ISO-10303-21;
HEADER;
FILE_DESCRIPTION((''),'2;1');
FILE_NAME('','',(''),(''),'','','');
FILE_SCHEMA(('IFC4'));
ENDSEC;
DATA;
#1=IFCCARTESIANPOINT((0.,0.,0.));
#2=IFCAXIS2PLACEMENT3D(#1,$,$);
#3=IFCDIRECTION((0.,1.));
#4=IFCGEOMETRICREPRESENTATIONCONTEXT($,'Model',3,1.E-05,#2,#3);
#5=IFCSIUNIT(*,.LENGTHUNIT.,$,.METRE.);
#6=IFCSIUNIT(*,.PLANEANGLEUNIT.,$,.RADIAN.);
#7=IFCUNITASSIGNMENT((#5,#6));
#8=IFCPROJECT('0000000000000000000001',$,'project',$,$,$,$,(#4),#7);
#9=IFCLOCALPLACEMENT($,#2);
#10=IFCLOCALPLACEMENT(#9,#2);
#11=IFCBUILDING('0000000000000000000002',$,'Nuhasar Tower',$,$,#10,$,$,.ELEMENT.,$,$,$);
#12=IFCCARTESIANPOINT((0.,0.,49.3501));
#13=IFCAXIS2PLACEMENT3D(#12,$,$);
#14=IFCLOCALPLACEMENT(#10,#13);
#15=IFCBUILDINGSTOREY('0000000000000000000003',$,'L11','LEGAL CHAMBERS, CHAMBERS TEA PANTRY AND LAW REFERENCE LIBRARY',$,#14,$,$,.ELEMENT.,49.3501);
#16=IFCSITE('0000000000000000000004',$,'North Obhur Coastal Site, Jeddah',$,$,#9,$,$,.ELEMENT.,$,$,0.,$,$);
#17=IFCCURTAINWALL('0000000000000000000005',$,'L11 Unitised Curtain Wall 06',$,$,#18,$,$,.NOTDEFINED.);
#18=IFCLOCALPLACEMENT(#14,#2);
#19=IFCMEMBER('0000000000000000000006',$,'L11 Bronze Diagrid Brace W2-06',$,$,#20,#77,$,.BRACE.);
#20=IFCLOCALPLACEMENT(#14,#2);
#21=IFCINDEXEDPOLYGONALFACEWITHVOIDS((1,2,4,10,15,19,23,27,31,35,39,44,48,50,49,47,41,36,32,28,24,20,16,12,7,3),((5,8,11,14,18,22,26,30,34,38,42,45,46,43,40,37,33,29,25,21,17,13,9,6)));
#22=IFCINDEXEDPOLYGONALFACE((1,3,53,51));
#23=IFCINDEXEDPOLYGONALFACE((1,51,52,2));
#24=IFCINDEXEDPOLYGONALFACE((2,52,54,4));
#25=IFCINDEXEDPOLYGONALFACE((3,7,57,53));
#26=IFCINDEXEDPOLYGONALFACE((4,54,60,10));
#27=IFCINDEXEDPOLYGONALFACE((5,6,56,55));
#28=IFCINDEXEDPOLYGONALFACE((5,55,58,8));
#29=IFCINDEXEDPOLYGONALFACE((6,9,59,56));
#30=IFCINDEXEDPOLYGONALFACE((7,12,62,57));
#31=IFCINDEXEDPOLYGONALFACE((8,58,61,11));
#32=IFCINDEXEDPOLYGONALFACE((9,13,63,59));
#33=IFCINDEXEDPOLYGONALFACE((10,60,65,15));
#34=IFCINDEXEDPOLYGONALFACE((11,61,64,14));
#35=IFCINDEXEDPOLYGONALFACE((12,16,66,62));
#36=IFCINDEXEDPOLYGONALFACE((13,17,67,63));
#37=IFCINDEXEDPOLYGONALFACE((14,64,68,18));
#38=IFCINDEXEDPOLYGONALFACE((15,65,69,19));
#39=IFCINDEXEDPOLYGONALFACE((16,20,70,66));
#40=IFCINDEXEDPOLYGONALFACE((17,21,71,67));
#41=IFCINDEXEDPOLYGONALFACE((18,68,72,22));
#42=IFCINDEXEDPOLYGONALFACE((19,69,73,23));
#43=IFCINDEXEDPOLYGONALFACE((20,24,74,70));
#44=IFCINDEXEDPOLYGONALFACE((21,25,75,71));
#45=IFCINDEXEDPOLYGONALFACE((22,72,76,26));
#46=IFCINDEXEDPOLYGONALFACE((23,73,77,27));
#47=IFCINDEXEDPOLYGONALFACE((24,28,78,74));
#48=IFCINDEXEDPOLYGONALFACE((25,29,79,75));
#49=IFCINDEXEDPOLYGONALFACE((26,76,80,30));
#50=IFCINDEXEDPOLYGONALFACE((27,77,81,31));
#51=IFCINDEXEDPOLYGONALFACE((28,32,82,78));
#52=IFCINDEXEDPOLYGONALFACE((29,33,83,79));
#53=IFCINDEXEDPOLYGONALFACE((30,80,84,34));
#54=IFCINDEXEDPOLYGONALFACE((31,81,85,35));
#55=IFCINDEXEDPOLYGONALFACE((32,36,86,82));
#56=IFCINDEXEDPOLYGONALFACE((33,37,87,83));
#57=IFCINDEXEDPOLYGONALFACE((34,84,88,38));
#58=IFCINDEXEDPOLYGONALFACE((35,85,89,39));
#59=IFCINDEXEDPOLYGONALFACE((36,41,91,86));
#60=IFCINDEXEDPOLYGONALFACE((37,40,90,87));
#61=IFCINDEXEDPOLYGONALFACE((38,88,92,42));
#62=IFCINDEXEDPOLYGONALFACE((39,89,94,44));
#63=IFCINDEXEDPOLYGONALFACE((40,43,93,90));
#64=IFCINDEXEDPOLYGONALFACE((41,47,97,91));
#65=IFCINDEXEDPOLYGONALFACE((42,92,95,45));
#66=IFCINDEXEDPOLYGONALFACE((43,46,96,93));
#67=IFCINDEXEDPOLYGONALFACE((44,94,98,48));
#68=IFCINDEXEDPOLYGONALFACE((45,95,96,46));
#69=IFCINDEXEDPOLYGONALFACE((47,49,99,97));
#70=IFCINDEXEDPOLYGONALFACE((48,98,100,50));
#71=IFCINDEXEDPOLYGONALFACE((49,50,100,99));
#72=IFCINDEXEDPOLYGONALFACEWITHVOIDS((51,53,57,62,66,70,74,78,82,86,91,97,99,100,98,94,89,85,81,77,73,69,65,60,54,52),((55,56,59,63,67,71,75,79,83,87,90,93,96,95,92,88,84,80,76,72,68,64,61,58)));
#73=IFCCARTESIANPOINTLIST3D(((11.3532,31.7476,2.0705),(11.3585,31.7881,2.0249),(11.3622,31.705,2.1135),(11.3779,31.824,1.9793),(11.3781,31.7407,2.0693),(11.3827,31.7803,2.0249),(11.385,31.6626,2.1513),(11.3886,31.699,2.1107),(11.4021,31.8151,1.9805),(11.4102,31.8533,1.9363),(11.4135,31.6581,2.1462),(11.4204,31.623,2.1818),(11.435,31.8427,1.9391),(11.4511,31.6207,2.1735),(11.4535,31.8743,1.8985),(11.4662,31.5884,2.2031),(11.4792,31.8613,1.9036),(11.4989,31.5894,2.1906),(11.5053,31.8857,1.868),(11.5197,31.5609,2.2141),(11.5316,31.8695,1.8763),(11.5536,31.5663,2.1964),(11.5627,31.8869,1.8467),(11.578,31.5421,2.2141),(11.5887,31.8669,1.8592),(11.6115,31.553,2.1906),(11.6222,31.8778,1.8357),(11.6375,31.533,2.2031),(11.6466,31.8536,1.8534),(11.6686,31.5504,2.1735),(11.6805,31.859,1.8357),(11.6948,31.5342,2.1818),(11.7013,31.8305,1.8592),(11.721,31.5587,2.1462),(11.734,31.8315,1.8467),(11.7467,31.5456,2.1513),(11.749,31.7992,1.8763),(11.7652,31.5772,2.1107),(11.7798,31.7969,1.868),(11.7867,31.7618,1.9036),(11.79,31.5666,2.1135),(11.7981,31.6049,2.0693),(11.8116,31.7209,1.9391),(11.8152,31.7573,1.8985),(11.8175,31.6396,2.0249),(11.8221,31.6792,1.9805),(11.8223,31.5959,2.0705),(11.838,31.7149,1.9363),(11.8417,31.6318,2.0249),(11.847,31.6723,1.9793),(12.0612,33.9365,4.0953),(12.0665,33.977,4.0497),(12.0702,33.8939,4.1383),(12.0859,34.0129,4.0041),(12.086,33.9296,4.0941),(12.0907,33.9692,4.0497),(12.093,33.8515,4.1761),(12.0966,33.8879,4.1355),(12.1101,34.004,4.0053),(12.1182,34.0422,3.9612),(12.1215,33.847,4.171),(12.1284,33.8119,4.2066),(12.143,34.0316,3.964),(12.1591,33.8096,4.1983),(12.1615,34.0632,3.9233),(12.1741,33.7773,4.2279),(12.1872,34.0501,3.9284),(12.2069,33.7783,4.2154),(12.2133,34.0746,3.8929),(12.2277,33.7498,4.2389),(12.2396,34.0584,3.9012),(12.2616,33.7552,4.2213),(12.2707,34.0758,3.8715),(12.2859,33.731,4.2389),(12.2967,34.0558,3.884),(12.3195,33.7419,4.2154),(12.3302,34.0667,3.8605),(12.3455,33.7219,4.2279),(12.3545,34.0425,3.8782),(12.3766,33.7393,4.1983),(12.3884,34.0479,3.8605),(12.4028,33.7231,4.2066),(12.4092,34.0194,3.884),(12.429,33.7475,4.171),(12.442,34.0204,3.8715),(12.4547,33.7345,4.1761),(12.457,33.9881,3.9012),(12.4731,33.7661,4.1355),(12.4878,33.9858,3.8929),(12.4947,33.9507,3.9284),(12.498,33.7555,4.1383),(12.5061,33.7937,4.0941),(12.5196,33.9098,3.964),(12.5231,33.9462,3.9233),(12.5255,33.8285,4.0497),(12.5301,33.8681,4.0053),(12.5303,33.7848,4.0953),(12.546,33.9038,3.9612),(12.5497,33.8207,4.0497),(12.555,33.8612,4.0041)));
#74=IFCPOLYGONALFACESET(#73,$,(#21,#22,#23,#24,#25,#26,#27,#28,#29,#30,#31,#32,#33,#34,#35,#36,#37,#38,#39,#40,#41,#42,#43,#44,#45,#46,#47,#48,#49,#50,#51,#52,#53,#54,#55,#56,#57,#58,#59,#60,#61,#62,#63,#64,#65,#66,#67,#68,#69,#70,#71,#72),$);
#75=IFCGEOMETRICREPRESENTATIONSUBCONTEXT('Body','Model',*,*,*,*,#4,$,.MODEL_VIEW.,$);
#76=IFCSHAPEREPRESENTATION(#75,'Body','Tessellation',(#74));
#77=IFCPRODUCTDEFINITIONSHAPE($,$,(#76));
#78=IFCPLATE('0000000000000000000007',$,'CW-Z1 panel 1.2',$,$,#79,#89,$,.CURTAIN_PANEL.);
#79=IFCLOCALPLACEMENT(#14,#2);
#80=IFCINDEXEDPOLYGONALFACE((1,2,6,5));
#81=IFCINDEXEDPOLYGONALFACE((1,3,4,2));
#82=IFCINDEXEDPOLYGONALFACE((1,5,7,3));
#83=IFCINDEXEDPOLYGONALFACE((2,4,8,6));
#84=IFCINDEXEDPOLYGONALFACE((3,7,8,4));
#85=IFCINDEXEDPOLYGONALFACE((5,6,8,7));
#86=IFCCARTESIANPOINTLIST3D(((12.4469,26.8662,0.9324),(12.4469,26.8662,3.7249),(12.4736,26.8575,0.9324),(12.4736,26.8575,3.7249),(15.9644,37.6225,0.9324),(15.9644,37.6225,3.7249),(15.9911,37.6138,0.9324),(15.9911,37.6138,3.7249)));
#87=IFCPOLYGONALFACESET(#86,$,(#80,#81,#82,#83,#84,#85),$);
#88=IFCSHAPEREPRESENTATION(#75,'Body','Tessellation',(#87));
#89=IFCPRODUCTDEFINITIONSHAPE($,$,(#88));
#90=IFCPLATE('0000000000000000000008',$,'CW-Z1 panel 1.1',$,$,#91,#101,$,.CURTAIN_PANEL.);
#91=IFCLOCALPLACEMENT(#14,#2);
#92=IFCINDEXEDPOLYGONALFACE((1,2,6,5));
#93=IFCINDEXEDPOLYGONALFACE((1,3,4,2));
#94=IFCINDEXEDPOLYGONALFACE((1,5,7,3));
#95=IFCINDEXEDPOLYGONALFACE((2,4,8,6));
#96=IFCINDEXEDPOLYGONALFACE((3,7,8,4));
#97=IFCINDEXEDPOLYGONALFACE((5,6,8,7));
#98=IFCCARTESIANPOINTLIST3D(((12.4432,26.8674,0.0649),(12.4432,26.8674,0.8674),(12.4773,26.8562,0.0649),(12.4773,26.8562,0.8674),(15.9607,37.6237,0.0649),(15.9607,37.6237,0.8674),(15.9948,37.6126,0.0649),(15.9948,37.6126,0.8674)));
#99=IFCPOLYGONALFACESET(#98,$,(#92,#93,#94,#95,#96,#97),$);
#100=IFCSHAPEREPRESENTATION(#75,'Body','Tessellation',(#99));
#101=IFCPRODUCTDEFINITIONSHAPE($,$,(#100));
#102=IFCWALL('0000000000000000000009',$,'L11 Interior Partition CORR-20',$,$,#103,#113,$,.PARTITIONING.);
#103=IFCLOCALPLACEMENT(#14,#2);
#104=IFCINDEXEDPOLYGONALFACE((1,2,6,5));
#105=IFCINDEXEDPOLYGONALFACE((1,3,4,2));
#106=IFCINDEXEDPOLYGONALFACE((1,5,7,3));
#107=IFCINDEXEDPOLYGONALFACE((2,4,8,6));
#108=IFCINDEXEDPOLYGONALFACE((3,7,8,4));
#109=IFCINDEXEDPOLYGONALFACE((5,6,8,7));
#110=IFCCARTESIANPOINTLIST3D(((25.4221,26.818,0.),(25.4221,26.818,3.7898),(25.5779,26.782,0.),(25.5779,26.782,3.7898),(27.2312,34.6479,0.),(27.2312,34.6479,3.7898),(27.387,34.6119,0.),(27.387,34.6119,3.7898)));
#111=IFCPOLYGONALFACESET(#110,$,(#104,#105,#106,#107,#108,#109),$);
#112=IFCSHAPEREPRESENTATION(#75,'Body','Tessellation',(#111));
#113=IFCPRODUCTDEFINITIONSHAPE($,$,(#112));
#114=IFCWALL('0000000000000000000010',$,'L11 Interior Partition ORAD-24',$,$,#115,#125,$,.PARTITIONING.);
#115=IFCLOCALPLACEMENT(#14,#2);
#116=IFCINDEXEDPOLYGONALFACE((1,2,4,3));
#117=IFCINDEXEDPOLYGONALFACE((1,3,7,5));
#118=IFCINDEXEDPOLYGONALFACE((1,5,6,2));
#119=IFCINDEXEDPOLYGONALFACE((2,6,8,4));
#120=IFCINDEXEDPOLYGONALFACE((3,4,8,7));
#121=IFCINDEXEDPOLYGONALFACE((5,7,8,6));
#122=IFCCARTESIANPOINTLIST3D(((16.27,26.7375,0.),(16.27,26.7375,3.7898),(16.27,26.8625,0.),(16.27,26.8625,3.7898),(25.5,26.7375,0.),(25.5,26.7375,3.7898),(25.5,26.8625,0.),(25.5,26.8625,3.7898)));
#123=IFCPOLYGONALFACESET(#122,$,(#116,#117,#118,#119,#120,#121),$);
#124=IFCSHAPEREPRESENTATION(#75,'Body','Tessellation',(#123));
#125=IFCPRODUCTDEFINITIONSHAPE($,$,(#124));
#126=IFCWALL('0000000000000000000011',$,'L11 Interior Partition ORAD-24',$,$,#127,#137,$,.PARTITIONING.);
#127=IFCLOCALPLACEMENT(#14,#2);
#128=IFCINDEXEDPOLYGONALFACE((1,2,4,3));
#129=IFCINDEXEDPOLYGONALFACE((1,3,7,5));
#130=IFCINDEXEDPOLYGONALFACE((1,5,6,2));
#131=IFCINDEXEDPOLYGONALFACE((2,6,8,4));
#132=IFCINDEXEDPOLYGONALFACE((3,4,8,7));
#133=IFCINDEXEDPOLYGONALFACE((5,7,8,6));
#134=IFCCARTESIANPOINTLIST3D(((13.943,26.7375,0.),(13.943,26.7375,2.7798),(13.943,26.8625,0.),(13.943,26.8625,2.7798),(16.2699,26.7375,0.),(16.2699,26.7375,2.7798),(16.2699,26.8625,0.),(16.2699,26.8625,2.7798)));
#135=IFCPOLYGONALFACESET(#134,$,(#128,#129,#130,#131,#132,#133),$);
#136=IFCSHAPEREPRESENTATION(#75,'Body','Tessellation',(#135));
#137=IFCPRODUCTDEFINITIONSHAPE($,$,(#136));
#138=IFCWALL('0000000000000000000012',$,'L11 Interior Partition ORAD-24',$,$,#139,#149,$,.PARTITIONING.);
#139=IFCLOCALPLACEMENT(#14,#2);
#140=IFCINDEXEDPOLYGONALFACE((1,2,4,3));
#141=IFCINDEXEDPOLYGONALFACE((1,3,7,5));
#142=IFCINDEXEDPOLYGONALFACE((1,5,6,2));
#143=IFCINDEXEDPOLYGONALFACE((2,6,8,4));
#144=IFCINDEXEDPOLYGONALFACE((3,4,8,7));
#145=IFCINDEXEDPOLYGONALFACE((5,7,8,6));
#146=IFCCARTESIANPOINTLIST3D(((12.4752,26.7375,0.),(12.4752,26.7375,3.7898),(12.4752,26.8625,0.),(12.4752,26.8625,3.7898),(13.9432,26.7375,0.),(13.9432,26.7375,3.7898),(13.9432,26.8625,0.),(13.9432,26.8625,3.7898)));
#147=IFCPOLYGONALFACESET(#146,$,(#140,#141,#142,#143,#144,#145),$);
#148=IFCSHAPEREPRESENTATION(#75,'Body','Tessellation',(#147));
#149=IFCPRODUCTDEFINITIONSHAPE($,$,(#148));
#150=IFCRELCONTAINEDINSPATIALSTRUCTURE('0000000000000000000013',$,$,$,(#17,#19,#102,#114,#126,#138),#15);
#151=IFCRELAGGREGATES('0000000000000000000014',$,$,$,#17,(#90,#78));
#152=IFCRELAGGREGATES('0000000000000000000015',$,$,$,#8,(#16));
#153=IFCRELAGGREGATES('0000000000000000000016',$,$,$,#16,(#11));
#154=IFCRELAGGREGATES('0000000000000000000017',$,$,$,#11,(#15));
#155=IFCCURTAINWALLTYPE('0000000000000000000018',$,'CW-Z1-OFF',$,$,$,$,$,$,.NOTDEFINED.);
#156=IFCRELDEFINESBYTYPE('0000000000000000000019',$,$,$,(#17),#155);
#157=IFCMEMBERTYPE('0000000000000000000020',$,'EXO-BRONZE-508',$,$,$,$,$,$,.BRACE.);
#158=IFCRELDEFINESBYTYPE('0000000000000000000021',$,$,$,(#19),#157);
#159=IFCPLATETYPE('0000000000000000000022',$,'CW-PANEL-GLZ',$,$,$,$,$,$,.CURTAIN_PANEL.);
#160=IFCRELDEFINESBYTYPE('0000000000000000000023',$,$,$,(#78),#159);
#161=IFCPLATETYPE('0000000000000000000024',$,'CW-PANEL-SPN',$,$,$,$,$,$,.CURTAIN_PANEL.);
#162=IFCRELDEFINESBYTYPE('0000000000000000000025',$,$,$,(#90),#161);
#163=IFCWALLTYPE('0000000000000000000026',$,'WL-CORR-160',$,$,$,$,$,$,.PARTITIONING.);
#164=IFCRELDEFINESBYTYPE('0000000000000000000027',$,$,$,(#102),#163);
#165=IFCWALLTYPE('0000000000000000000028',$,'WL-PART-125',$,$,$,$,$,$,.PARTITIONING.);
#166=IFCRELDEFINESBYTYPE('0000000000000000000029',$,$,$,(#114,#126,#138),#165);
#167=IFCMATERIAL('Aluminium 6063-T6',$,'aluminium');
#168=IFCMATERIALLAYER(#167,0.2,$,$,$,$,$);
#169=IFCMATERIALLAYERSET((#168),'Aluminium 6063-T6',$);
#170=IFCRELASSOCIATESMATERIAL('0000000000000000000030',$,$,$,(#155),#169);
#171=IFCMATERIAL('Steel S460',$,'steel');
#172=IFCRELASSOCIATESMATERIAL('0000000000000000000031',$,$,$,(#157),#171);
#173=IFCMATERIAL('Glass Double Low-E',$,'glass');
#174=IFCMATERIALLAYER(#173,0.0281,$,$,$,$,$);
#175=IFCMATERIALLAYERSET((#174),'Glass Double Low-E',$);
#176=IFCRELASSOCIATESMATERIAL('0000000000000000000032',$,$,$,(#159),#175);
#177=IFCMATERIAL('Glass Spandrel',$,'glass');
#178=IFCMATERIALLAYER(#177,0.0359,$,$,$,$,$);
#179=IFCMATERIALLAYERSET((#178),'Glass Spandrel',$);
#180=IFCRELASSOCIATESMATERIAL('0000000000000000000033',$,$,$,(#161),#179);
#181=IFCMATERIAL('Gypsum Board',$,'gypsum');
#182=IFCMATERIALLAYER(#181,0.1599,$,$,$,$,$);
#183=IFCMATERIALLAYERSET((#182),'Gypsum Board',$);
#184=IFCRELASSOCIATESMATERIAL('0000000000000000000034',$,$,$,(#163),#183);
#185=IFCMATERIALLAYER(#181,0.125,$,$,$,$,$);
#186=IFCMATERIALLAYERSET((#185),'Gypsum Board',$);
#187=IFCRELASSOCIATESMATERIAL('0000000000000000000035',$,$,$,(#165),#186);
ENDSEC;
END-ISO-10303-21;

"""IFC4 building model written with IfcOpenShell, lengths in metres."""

from ifc_helpers import new_model, si_unit, direction, frame, frame_2d, origin, origin_2d, place, context, subcontext, project, spatial, rectangle, hollow_circle, extrude, material, layer, layer_set, material_profile, profile_set, type_object, element, aggregate, save


model = new_model("IFC4")

# Units and contexts
model_context = context("Model", 3, precision=1e-05, world=origin(), true_north=direction((0.0, 1.0)))
body_context = subcontext(model_context, "Body", "Model", "MODEL_VIEW")
ifc_project = project(units=[si_unit("LENGTHUNIT", "METRE"), si_unit("PLANEANGLEUNIT", "RADIAN")], contexts=[model_context])

# Site, building, storey
site_placement = place(None, origin())
site = spatial("IfcSite", under=ifc_project, at=site_placement, Name="North Obhur Coastal Site, Jeddah", CompositionType="ELEMENT", RefElevation=0.0)
building_placement = place(site_placement, origin())
building = spatial("IfcBuilding", under=site, at=building_placement, Name="Nuhasar Tower", CompositionType="ELEMENT")
storey_placement = place(building_placement, frame((0.0, 0.0, 49.3501)))
storey = spatial("IfcBuildingStorey", under=building, at=storey_placement, Name="L11", Description="LEGAL CHAMBERS, CHAMBERS TEA PANTRY AND LAW REFERENCE LIBRARY", CompositionType="ELEMENT", Elevation=49.3501)

# Curtain wall
ifc_material_1 = material(Name="Aluminium 6063-T6", Category="aluminium")
ifc_layer_1 = layer(ifc_material_1, 0.2)
ifc_layer_set_1 = layer_set([ifc_layer_1], Name="Aluminium 6063-T6")
curtain_wall_type = type_object("IfcCurtainWallType", Name="CW-Z1-OFF", PredefinedType="NOTDEFINED", material=ifc_layer_set_1)
curtain_wall_placement = place(storey_placement, origin())
curtain_wall = element("IfcCurtainWall", 1, at=curtain_wall_placement, inside=storey, type_object=curtain_wall_type, Name="L11 Unitised Curtain Wall 06", PredefinedType="NOTDEFINED")

# Member
ifc_material_2 = material(Name="Steel S460", Category="steel")
ifc_material_profile_1 = material_profile(ifc_material_2, hollow_circle(Radius=0.2539, WallThickness=0.0254, at=origin_2d()), Name="HSS508X25.4")
ifc_profile_set_1 = profile_set([ifc_material_profile_1], Name="Steel S460")
member_type_1 = type_object("IfcMemberType", Name="EXO-BRONZE-508", PredefinedType="BRACE", material=ifc_profile_set_1)
for number, where, z_axis, x_axis, name in (
    (2, (11.6001, 31.71, 2.0249), (0.231012, 0.714225, 0.660694), (-0.951468, 0.307747, 0.0), "L11 Bronze Diagrid Brace W2-06"),
):
    element("IfcMember", number, at=place(storey_placement, frame(where, z_axis=z_axis, x_axis=x_axis)), inside=storey, type_object=member_type_1, Name=name, PredefinedType="BRACE", context=body_context, shape_type="SweptSolid", body=[
        extrude(hollow_circle(Radius=0.2539, WallThickness=0.0254, at=origin_2d()), origin(), (0.0, 0.0, 1.0), 3.0647),
    ])

# Plates
ifc_material_3 = material(Name="Glass Double Low-E", Category="glass")
ifc_layer_2 = layer(ifc_material_3, 0.0281)
ifc_layer_set_2 = layer_set([ifc_layer_2], Name="Glass Double Low-E")
plate_type_1 = type_object("IfcPlateType", Name="CW-PANEL-GLZ", PredefinedType="CURTAIN_PANEL", material=ifc_layer_set_2)
plate_1_placement = place(storey_placement, frame((14.219, 32.24, 0.9324), z_axis=(0.0, 0.0, 1.0), x_axis=(-0.310824, -0.950468, 0.0)))
plate_1 = element("IfcPlate", 3, at=plate_1_placement, type_object=plate_type_1, Name="CW-Z1 panel 1.2", PredefinedType="CURTAIN_PANEL", context=body_context, shape_type="SweptSolid", body=[
    extrude(rectangle(XDim=11.3169, YDim=0.0281, at=origin_2d()), origin(), (0.0, 0.0, 1.0), 2.7925),
])
ifc_material_4 = material(Name="Glass Spandrel", Category="glass")
ifc_layer_3 = layer(ifc_material_4, 0.0359)
ifc_layer_set_3 = layer_set([ifc_layer_3], Name="Glass Spandrel")
plate_type_2 = type_object("IfcPlateType", Name="CW-PANEL-SPN", PredefinedType="CURTAIN_PANEL", material=ifc_layer_set_3)
plate_2_placement = place(storey_placement, frame((14.219, 32.24, 0.0649), z_axis=(0.0, 0.0, 1.0), x_axis=(-0.310824, -0.950468, 0.0)))
plate_2 = element("IfcPlate", 4, at=plate_2_placement, type_object=plate_type_2, Name="CW-Z1 panel 1.1", PredefinedType="CURTAIN_PANEL", context=body_context, shape_type="SweptSolid", body=[
    extrude(rectangle(XDim=11.3169, YDim=0.0359, at=origin_2d()), origin(), (0.0, 0.0, 1.0), 0.8025),
])
aggregate(curtain_wall, [plate_2, plate_1])

# Shared definitions
ifc_material_5 = material(Name="Gypsum Board", Category="gypsum")
ifc_layer_4 = layer(ifc_material_5, 0.1599)
ifc_layer_set_4 = layer_set([ifc_layer_4], Name="Gypsum Board")
wall_type_1 = type_object("IfcWallType", Name="WL-CORR-160", PredefinedType="PARTITIONING", material=ifc_layer_set_4)

# Walls
wall_1_placement = place(storey_placement, frame((27.3091, 34.6299, 0.0), z_axis=(0.0, 0.0, 1.0), x_axis=(-0.225119, -0.974331, 0.0)))
element("IfcWall", 5, at=wall_1_placement, inside=storey, type_object=wall_type_1, Name="L11 Interior Partition CORR-20", PredefinedType="PARTITIONING", context=body_context, shape_type="SweptSolid", body=[
    extrude(rectangle(XDim=8.0361, YDim=0.1599, at=frame_2d((4.0181, 0.0))), origin(), (0.0, 0.0, 1.0), 3.7898),
])
ifc_layer_5 = layer(ifc_material_5, 0.125)
ifc_layer_set_5 = layer_set([ifc_layer_5], Name="Gypsum Board")
wall_type_2 = type_object("IfcWallType", Name="WL-PART-125", PredefinedType="PARTITIONING", material=ifc_layer_set_5)
wall_2_placement = place(storey_placement, frame((25.5, 26.8, 0.0), z_axis=(0.0, 0.0, 1.0), x_axis=(-1.0, 0.0, 0.0)))
element("IfcWall", 6, at=wall_2_placement, inside=storey, type_object=wall_type_2, Name="L11 Interior Partition ORAD-24", PredefinedType="PARTITIONING", context=body_context, shape_type="SweptSolid", body=[
    extrude(rectangle(XDim=9.23, YDim=0.125, at=frame_2d((4.615, 0.0))), origin(), (0.0, 0.0, 1.0), 3.7898),
])
wall_3_placement = place(storey_placement, frame((16.27, 26.8, 0.0), z_axis=(0.0, 0.0, 1.0), x_axis=(-1.0, 0.0, 0.0)))
element("IfcWall", 7, at=wall_3_placement, inside=storey, type_object=wall_type_2, Name="L11 Interior Partition ORAD-24", PredefinedType="PARTITIONING", context=body_context, shape_type="SweptSolid", body=[
    extrude(rectangle(XDim=2.3269, YDim=0.125, at=frame_2d((1.1636, 0.0))), origin(), (0.0, 0.0, 1.0), 2.7798),
])
wall_4_placement = place(storey_placement, frame((13.9431, 26.8, 0.0), z_axis=(0.0, 0.0, 1.0), x_axis=(-1.0, 0.0, 0.0)))
element("IfcWall", 8, at=wall_4_placement, inside=storey, type_object=wall_type_2, Name="L11 Interior Partition ORAD-24", PredefinedType="PARTITIONING", context=body_context, shape_type="SweptSolid", body=[
    extrude(rectangle(XDim=1.468, YDim=0.125, at=frame_2d((0.7339, 0.0))), origin(), (0.0, 0.0, 1.0), 3.7898),
])

save(model, "model.ifc")
